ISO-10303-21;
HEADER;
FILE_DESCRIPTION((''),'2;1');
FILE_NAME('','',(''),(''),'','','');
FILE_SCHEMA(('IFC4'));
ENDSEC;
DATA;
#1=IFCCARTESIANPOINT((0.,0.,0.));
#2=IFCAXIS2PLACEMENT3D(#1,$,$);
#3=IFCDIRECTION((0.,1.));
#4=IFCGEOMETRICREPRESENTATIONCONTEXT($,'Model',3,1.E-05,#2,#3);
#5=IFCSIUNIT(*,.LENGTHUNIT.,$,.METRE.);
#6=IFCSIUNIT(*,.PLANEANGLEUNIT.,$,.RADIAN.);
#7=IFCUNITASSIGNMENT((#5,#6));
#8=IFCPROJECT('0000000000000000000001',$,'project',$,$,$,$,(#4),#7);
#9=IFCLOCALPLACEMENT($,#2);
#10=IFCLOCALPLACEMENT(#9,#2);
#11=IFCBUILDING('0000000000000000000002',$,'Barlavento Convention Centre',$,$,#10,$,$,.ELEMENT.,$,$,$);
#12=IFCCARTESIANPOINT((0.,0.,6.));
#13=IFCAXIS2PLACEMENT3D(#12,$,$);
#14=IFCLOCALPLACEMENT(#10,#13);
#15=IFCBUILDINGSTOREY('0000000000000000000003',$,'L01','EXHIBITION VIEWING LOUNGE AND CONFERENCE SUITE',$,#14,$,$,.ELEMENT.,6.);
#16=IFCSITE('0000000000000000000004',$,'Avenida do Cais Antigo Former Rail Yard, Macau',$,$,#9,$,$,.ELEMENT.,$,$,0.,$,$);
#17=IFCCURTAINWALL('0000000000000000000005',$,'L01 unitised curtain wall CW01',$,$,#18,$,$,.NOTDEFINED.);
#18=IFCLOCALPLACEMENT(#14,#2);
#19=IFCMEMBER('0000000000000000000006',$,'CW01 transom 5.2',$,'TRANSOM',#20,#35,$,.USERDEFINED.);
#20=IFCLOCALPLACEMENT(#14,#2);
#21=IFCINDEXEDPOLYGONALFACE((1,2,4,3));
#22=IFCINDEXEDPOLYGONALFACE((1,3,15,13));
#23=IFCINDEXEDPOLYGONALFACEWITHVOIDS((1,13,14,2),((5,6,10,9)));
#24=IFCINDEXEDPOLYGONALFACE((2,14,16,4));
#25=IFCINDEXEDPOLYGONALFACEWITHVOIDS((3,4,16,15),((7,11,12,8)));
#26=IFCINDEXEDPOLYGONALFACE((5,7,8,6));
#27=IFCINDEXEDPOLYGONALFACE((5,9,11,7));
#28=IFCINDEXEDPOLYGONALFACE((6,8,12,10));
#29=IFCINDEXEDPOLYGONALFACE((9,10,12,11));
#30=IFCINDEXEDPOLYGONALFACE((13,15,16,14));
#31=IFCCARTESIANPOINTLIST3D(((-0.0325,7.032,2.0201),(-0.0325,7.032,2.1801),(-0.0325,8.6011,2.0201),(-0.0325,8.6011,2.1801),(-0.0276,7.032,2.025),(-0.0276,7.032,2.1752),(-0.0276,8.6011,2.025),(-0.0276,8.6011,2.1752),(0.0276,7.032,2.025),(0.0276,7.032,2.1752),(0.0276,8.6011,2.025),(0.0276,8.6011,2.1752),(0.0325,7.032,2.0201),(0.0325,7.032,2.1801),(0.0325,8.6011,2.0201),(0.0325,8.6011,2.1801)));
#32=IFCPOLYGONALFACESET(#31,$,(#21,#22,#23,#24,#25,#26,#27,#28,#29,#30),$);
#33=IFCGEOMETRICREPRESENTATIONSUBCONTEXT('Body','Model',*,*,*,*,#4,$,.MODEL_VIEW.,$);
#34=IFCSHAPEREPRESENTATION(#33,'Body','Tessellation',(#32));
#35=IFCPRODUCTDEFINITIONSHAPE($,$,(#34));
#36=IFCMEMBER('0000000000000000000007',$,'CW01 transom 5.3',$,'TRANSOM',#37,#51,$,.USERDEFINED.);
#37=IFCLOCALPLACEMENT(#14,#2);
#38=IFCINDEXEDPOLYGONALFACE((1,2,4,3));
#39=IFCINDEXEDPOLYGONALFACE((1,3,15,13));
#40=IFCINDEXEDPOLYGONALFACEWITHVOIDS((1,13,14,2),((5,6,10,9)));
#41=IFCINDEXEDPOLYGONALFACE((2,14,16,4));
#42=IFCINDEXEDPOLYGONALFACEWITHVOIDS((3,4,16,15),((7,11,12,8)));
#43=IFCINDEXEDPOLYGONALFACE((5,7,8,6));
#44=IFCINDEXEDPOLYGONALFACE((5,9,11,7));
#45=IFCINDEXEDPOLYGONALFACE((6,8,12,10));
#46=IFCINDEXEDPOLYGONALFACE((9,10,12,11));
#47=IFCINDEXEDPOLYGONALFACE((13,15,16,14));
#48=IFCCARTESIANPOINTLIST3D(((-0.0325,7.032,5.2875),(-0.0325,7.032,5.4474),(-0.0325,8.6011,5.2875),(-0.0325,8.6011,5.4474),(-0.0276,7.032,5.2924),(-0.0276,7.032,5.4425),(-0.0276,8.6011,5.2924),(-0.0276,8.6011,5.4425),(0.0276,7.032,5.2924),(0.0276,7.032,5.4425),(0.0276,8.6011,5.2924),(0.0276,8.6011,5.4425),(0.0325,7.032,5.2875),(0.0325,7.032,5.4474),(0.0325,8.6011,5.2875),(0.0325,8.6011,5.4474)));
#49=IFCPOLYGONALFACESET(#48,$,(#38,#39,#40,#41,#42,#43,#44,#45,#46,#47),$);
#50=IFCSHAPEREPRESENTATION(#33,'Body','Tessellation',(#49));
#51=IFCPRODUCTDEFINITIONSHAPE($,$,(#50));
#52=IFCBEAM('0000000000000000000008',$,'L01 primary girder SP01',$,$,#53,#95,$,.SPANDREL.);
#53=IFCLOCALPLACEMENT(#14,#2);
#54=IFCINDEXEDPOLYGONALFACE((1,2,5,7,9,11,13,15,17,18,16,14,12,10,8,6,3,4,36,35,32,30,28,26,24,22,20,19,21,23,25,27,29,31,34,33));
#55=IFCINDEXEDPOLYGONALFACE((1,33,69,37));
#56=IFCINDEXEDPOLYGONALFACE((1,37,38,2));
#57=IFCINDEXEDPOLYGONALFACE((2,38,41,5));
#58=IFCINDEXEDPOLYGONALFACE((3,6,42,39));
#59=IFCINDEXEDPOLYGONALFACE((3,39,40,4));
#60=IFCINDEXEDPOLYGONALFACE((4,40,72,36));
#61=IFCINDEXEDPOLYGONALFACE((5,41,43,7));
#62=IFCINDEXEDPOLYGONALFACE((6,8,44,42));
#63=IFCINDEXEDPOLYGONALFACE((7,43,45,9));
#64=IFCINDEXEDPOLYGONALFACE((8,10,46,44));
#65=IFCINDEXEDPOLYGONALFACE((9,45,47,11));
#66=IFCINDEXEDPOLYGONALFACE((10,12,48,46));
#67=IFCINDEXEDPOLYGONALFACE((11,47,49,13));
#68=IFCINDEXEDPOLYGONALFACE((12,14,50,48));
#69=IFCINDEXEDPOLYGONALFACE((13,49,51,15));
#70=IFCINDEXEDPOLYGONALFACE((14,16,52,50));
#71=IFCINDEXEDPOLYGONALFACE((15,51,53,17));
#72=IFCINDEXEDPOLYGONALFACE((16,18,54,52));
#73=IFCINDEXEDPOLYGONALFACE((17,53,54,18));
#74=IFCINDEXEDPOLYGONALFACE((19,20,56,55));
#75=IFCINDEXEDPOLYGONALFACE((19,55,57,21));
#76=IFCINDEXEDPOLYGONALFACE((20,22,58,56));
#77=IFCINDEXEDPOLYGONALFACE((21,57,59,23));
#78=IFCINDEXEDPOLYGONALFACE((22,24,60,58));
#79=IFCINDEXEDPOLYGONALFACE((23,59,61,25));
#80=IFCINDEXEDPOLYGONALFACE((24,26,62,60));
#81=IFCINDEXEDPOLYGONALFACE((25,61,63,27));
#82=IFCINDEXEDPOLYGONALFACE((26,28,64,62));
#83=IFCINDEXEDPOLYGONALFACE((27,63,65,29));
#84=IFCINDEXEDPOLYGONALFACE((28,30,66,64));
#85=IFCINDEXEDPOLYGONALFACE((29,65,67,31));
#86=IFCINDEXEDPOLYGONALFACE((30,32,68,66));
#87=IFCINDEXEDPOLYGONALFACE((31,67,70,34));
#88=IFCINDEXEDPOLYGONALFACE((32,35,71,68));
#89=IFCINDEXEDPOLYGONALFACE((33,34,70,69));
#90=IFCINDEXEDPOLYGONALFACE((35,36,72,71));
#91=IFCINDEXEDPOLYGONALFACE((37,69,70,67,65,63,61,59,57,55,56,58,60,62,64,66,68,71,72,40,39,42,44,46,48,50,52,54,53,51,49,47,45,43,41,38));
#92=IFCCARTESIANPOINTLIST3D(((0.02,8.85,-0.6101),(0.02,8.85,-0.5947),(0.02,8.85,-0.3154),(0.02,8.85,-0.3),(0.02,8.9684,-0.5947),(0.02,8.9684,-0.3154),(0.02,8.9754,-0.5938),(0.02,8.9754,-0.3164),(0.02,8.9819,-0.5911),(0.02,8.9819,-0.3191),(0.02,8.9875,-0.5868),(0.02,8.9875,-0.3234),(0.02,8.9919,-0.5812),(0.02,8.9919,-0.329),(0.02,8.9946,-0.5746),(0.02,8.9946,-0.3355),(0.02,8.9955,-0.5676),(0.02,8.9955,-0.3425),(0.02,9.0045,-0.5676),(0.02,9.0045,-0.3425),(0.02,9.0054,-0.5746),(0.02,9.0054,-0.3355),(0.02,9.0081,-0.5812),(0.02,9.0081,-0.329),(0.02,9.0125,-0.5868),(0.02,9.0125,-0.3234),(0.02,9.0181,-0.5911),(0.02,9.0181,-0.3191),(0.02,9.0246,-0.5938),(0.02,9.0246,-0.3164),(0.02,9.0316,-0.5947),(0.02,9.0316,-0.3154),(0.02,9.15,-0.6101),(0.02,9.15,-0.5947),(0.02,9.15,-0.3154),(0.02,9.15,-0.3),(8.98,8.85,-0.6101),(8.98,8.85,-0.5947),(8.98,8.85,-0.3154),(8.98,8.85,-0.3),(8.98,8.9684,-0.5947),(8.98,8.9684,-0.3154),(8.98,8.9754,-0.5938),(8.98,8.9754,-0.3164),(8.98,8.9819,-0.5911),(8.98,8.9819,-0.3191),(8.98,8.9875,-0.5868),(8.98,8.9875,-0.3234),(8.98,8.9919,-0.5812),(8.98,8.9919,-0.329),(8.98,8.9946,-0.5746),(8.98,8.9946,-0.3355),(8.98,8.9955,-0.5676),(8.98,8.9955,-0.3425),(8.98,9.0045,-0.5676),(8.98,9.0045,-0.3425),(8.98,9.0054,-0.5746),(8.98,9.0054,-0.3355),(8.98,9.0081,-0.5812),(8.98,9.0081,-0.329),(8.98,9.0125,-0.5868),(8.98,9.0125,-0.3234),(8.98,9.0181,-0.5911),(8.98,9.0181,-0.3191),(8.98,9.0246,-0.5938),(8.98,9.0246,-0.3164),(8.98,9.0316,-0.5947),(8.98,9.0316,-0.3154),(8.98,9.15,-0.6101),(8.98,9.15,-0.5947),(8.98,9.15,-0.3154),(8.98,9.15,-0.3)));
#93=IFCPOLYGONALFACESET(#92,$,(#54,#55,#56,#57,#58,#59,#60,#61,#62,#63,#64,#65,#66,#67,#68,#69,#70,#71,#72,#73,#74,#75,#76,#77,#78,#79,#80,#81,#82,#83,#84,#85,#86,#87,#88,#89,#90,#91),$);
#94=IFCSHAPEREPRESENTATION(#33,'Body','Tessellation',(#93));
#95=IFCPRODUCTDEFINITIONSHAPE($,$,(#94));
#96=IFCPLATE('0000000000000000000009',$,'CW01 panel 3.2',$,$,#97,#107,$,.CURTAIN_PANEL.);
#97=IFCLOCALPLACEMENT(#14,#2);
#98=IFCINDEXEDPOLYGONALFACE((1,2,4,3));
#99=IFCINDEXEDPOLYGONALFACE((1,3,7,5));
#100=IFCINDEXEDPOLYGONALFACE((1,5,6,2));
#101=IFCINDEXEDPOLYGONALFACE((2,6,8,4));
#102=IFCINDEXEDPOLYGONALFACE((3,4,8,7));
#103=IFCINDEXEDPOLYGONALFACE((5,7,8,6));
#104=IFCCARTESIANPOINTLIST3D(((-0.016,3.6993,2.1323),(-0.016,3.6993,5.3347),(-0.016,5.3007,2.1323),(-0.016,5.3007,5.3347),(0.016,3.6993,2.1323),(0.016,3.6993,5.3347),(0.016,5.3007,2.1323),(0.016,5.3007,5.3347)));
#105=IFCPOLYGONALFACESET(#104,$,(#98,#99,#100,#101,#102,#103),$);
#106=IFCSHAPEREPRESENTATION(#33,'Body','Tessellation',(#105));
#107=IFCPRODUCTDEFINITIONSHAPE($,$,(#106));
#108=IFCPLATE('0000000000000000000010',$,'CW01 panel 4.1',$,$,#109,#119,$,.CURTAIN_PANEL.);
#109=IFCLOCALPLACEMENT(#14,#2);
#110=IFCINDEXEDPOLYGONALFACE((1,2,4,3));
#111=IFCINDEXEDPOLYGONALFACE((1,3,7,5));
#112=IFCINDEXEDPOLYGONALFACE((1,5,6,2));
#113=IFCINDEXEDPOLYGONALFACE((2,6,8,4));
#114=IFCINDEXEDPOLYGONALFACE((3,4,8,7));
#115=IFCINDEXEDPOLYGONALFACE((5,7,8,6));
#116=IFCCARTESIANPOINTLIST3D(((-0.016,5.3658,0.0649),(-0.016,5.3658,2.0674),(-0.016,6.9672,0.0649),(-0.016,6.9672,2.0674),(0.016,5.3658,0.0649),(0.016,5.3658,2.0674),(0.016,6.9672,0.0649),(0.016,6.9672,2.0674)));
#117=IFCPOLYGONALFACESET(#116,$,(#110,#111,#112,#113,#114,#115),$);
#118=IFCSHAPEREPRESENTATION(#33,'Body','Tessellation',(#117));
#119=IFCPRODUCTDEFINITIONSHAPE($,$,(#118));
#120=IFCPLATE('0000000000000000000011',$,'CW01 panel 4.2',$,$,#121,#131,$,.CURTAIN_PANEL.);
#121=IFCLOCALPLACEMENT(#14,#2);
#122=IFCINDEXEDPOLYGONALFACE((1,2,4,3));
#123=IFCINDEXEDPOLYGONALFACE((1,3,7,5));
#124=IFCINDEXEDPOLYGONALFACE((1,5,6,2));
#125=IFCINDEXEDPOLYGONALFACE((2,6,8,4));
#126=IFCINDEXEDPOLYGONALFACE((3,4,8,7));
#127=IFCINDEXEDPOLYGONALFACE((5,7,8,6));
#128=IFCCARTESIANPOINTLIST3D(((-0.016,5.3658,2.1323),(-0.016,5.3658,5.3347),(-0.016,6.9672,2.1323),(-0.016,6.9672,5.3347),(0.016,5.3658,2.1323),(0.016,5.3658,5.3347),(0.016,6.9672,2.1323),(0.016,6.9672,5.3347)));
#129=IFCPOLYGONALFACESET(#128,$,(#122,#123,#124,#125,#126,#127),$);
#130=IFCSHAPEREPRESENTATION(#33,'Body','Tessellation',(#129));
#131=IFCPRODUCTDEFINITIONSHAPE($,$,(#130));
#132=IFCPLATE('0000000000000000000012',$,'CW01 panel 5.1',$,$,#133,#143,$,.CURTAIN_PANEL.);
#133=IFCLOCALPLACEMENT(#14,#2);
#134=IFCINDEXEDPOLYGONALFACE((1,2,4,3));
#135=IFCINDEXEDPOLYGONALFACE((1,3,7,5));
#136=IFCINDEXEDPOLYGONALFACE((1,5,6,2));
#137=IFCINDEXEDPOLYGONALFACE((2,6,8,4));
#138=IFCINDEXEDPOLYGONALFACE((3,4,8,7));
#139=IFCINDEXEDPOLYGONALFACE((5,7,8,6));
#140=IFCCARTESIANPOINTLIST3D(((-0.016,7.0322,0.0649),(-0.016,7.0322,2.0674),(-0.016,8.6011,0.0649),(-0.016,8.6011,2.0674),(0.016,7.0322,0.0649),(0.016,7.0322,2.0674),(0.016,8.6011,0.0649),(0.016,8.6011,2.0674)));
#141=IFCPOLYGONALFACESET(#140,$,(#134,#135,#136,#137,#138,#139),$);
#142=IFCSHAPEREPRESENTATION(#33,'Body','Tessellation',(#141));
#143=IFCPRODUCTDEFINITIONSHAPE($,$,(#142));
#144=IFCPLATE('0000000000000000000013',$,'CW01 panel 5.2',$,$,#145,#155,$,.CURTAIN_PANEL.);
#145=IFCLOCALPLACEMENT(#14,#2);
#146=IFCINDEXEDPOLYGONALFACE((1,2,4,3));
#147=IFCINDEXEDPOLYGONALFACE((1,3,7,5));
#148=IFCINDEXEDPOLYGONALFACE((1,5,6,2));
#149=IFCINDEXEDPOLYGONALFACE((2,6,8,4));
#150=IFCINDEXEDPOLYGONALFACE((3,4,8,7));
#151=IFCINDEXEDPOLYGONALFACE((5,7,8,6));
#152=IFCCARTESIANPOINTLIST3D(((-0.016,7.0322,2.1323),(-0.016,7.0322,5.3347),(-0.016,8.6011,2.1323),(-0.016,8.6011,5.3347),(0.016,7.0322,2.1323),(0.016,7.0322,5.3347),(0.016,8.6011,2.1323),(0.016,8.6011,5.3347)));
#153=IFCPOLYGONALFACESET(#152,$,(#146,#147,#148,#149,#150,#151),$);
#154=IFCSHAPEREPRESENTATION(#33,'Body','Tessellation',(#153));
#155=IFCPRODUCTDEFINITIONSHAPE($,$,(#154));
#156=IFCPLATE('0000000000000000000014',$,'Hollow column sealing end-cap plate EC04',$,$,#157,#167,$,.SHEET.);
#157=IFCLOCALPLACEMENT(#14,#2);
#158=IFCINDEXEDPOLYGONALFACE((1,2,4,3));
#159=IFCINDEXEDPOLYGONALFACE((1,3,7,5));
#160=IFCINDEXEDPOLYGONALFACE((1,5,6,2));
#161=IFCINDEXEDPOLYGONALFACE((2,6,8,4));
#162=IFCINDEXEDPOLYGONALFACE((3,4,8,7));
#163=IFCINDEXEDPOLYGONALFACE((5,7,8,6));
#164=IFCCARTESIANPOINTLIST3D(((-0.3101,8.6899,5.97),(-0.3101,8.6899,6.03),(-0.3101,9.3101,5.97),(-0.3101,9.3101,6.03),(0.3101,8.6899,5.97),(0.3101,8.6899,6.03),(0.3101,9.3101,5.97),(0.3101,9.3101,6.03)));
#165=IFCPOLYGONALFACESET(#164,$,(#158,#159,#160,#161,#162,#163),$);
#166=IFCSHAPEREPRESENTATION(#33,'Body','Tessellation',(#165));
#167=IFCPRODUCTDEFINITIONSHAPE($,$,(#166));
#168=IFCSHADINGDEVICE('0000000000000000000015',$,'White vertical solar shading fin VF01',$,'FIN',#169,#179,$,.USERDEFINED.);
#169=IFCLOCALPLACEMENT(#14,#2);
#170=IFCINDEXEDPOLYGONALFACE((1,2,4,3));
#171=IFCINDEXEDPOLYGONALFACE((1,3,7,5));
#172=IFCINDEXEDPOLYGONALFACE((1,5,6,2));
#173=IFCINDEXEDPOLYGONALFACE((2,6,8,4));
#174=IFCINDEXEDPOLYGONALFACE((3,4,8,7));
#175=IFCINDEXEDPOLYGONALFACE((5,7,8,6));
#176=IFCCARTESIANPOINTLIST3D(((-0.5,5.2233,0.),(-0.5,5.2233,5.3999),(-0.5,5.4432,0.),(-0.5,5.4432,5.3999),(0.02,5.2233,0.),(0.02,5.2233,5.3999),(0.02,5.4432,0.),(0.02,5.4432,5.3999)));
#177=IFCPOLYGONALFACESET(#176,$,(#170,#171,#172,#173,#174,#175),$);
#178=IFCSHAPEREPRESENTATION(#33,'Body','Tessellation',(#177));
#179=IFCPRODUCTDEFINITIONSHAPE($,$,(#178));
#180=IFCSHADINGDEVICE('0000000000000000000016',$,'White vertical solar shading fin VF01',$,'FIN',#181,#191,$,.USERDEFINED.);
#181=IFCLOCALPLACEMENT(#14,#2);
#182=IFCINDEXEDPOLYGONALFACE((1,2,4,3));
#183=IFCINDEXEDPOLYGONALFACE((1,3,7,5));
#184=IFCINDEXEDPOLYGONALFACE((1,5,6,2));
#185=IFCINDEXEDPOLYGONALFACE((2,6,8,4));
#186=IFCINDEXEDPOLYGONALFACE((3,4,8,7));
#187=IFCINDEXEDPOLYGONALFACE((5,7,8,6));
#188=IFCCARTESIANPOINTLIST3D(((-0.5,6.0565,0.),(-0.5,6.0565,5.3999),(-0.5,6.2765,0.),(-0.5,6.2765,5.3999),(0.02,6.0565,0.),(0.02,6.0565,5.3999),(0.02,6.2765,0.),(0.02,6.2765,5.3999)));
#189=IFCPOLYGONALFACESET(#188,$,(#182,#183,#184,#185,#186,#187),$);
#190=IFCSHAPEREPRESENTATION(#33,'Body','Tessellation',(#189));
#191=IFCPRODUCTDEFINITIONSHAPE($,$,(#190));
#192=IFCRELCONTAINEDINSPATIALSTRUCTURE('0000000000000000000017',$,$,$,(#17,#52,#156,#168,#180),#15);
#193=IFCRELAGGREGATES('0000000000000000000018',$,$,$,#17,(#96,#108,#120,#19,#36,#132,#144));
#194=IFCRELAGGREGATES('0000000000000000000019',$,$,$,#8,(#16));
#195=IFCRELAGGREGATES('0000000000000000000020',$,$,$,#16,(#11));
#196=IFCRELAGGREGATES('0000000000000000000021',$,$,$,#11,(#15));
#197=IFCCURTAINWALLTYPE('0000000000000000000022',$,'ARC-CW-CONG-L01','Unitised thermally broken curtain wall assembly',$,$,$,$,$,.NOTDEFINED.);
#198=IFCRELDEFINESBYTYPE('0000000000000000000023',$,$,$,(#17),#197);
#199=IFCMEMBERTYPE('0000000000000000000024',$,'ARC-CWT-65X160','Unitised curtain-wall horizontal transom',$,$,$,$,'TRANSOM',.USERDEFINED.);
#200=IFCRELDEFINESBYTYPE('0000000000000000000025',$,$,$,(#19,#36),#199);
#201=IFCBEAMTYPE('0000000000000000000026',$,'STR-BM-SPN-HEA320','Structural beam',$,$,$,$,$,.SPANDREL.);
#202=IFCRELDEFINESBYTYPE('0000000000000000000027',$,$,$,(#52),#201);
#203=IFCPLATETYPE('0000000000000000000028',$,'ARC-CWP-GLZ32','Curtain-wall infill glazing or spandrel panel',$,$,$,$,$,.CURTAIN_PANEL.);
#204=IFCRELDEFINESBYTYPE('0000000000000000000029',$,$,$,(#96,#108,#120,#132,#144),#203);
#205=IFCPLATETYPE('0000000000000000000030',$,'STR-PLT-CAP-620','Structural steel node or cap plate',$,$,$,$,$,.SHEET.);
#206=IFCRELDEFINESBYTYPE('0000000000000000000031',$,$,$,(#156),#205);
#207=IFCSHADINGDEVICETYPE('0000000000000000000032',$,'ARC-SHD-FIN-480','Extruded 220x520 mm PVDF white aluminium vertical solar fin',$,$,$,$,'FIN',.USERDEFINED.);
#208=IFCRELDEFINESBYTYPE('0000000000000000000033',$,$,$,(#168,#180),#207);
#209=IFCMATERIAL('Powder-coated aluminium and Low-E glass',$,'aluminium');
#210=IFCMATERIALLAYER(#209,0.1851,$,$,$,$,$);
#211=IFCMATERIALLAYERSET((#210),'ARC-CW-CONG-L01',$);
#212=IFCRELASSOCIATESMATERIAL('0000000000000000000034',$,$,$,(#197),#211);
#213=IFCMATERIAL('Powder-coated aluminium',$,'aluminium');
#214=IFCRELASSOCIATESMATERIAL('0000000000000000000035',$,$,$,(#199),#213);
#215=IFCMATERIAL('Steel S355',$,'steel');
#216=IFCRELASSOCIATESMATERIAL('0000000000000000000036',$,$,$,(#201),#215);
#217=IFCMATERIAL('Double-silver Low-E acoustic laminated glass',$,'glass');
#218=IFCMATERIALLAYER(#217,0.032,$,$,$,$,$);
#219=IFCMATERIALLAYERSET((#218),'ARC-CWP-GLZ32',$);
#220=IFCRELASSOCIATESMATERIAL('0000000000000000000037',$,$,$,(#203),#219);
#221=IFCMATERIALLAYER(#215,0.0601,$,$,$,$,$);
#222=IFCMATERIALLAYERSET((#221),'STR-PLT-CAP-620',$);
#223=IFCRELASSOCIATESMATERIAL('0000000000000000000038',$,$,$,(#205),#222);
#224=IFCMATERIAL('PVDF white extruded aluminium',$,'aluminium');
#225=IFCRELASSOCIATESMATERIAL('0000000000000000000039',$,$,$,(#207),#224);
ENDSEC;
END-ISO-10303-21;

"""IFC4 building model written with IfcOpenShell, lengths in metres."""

from ifc_helpers import new_model, si_unit, direction, frame, origin, origin_2d, place, context, subcontext, project, spatial, rectangle, hollow_rectangle, i_section, extrude, material, layer, layer_set, material_profile, profile_set, type_object, element, aggregate, save


model = new_model("IFC4")

# Units and contexts
model_context = context("Model", 3, precision=1e-05, world=origin(), true_north=direction((0.0, 1.0)))
body_context = subcontext(model_context, "Body", "Model", "MODEL_VIEW")
ifc_project = project(units=[si_unit("LENGTHUNIT", "METRE"), si_unit("PLANEANGLEUNIT", "RADIAN")], contexts=[model_context])

# Site, building, storey
site_placement = place(None, origin())
site = spatial("IfcSite", under=ifc_project, at=site_placement, Name="Avenida do Cais Antigo Former Rail Yard, Macau", CompositionType="ELEMENT", RefElevation=0.0)
building_placement = place(site_placement, origin())
building = spatial("IfcBuilding", under=site, at=building_placement, Name="Barlavento Convention Centre", CompositionType="ELEMENT")
storey_placement = place(building_placement, frame((0.0, 0.0, 6.0)))
storey = spatial("IfcBuildingStorey", under=building, at=storey_placement, Name="L01", Description="EXHIBITION VIEWING LOUNGE AND CONFERENCE SUITE", CompositionType="ELEMENT", Elevation=6.0)

# Curtain wall, members
ifc_material_1 = material(Name="Powder-coated aluminium and Low-E glass", Category="aluminium")
ifc_layer_1 = layer(ifc_material_1, 0.1851)
ifc_layer_set_1 = layer_set([ifc_layer_1], Name="ARC-CW-CONG-L01")
curtain_wall_type = type_object("IfcCurtainWallType", Name="ARC-CW-CONG-L01", Description="Unitised thermally broken curtain wall assembly", PredefinedType="NOTDEFINED", material=ifc_layer_set_1)
curtain_wall_placement = place(storey_placement, origin())
curtain_wall = element("IfcCurtainWall", 1, at=curtain_wall_placement, inside=storey, type_object=curtain_wall_type, Name="L01 unitised curtain wall CW01", PredefinedType="NOTDEFINED")
ifc_material_2 = material(Name="Powder-coated aluminium", Category="aluminium")
ifc_material_profile_1 = material_profile(ifc_material_2, hollow_rectangle(XDim=0.0649, YDim=0.1599, WallThickness=0.0049, at=origin_2d()), Name="AL-TRAN 65x160x5")
ifc_profile_set_1 = profile_set([ifc_material_profile_1], Name="Powder-coated aluminium")
member_type_1 = type_object("IfcMemberType", Name="ARC-CWT-65X160", Description="Unitised curtain-wall horizontal transom", ElementType="TRANSOM", PredefinedType="USERDEFINED", material=ifc_profile_set_1)
member_1_placement = place(storey_placement, frame((0.0, 7.032, 2.1001), z_axis=(0.0, 1.0, 0.0), x_axis=(-1.0, 0.0, 0.0)))
member_1 = element("IfcMember", 2, at=member_1_placement, type_object=member_type_1, Name="CW01 transom 5.2", ObjectType="TRANSOM", PredefinedType="USERDEFINED", context=body_context, shape_type="SweptSolid", body=[
    extrude(hollow_rectangle(XDim=0.0649, YDim=0.1599, WallThickness=0.0049, at=origin_2d()), origin(), (0.0, 0.0, 1.0), 1.5691),
])
member_2_placement = place(storey_placement, frame((0.0, 7.032, 5.3674), z_axis=(0.0, 1.0, 0.0), x_axis=(-1.0, 0.0, 0.0)))
member_2 = element("IfcMember", 3, at=member_2_placement, type_object=member_type_1, Name="CW01 transom 5.3", ObjectType="TRANSOM", PredefinedType="USERDEFINED", context=body_context, shape_type="SweptSolid", body=[
    extrude(hollow_rectangle(XDim=0.0649, YDim=0.1599, WallThickness=0.0049, at=origin_2d()), origin(), (0.0, 0.0, 1.0), 1.5691),
])

# Beam
ifc_material_3 = material(Name="Steel S355", Category="steel")
ifc_material_profile_2 = material_profile(ifc_material_3, i_section(OverallWidth=0.3, OverallDepth=0.3101, WebThickness=0.009, FlangeThickness=0.0154, FilletRadius=0.0271, at=origin_2d()), Name="HEA 320")
ifc_profile_set_2 = profile_set([ifc_material_profile_2], Name="Steel S355")
beam_type = type_object("IfcBeamType", Name="STR-BM-SPN-HEA320", Description="Structural beam", PredefinedType="SPANDREL", material=ifc_profile_set_2)
beam_placement = place(storey_placement, frame((0.02, 9.0, -0.4551), z_axis=(1.0, 0.0, 0.0), x_axis=(0.0, 1.0, 0.0)))
element("IfcBeam", 4, at=beam_placement, inside=storey, type_object=beam_type, Name="L01 primary girder SP01", PredefinedType="SPANDREL", context=body_context, shape_type="SweptSolid", body=[
    extrude(i_section(OverallWidth=0.3, OverallDepth=0.3101, WebThickness=0.009, FlangeThickness=0.0154, FilletRadius=0.0271, at=origin_2d()), origin(), (0.0, 0.0, 1.0), 8.96),
])

# Plates
ifc_material_4 = material(Name="Double-silver Low-E acoustic laminated glass", Category="glass")
ifc_layer_2 = layer(ifc_material_4, 0.032)
ifc_layer_set_2 = layer_set([ifc_layer_2], Name="ARC-CWP-GLZ32")
plate_type_1 = type_object("IfcPlateType", Name="ARC-CWP-GLZ32", Description="Curtain-wall infill glazing or spandrel panel", PredefinedType="CURTAIN_PANEL", material=ifc_layer_set_2)
plate_1_placement = place(storey_placement, frame((0.0, 4.5, 2.1323), z_axis=(0.0, 0.0, 1.0), x_axis=(0.0, 1.0, 0.0)))
plate_1 = element("IfcPlate", 5, at=plate_1_placement, type_object=plate_type_1, Name="CW01 panel 3.2", PredefinedType="CURTAIN_PANEL", context=body_context, shape_type="SweptSolid", body=[
    extrude(rectangle(XDim=1.6013, YDim=0.032, at=origin_2d()), origin(), (0.0, 0.0, 1.0), 3.2024),
])
plate_2_placement = place(storey_placement, frame((0.0, 6.1665, 0.0649), z_axis=(0.0, 0.0, 1.0), x_axis=(0.0, 1.0, 0.0)))
plate_2 = element("IfcPlate", 6, at=plate_2_placement, type_object=plate_type_1, Name="CW01 panel 4.1", PredefinedType="CURTAIN_PANEL", context=body_context, shape_type="SweptSolid", body=[
    extrude(rectangle(XDim=1.6013, YDim=0.032, at=origin_2d()), origin(), (0.0, 0.0, 1.0), 2.0024),
])
plate_3_placement = place(storey_placement, frame((0.0, 6.1665, 2.1323), z_axis=(0.0, 0.0, 1.0), x_axis=(0.0, 1.0, 0.0)))
plate_3 = element("IfcPlate", 7, at=plate_3_placement, type_object=plate_type_1, Name="CW01 panel 4.2", PredefinedType="CURTAIN_PANEL", context=body_context, shape_type="SweptSolid", body=[
    extrude(rectangle(XDim=1.6013, YDim=0.032, at=origin_2d()), origin(), (0.0, 0.0, 1.0), 3.2024),
])
plate_4_placement = place(storey_placement, frame((0.0, 7.8167, 0.0649), z_axis=(0.0, 0.0, 1.0), x_axis=(0.0, 1.0, 0.0)))
plate_4 = element("IfcPlate", 8, at=plate_4_placement, type_object=plate_type_1, Name="CW01 panel 5.1", PredefinedType="CURTAIN_PANEL", context=body_context, shape_type="SweptSolid", body=[
    extrude(rectangle(XDim=1.5688, YDim=0.032, at=origin_2d()), origin(), (0.0, 0.0, 1.0), 2.0024),
])
plate_5_placement = place(storey_placement, frame((0.0, 7.8167, 2.1323), z_axis=(0.0, 0.0, 1.0), x_axis=(0.0, 1.0, 0.0)))
plate_5 = element("IfcPlate", 9, at=plate_5_placement, type_object=plate_type_1, Name="CW01 panel 5.2", PredefinedType="CURTAIN_PANEL", context=body_context, shape_type="SweptSolid", body=[
    extrude(rectangle(XDim=1.5688, YDim=0.032, at=origin_2d()), origin(), (0.0, 0.0, 1.0), 3.2024),
])
aggregate(curtain_wall, [plate_1, plate_2, plate_3, member_1, member_2, plate_4, plate_5])
ifc_layer_3 = layer(ifc_material_3, 0.0601)
ifc_layer_set_3 = layer_set([ifc_layer_3], Name="STR-PLT-CAP-620")
plate_type_2 = type_object("IfcPlateType", Name="STR-PLT-CAP-620", Description="Structural steel node or cap plate", PredefinedType="SHEET", material=ifc_layer_set_3)
plate_6_placement = place(storey_placement, frame((0.0, 9.0, 5.97), z_axis=(0.0, 0.0, 1.0), x_axis=(1.0, 0.0, 0.0)))
element("IfcPlate", 10, at=plate_6_placement, inside=storey, type_object=plate_type_2, Name="Hollow column sealing end-cap plate EC04", PredefinedType="SHEET", context=body_context, shape_type="SweptSolid", body=[
    extrude(rectangle(XDim=0.6201, YDim=0.6201, at=origin_2d()), origin(), (0.0, 0.0, 1.0), 0.0601),
])

# Shading devices
ifc_material_5 = material(Name="PVDF white extruded aluminium", Category="aluminium")
shading_device_type = type_object("IfcShadingDeviceType", Name="ARC-SHD-FIN-480", Description="Extruded 220x520 mm PVDF white aluminium vertical solar fin", ElementType="FIN", PredefinedType="USERDEFINED", material=ifc_material_5)
for number, where, z_axis, x_axis, name in (
    (11, (-0.24, 5.3333, 0.0), (0.0, 0.0, 1.0), (0.0, 1.0, 0.0), "White vertical solar shading fin VF01"),
    (12, (-0.24, 6.1665, 0.0), (0.0, 0.0, 1.0), (0.0, 1.0, 0.0), "White vertical solar shading fin VF01"),
):
    element("IfcShadingDevice", number, at=place(storey_placement, frame(where, z_axis=z_axis, x_axis=x_axis)), inside=storey, type_object=shading_device_type, Name=name, ObjectType="FIN", PredefinedType="USERDEFINED", context=body_context, shape_type="SweptSolid", body=[
        extrude(rectangle(XDim=0.22, YDim=0.52, at=origin_2d()), origin(), (0.0, 0.0, 1.0), 5.3999),
    ])

save(model, "model.ifc")
